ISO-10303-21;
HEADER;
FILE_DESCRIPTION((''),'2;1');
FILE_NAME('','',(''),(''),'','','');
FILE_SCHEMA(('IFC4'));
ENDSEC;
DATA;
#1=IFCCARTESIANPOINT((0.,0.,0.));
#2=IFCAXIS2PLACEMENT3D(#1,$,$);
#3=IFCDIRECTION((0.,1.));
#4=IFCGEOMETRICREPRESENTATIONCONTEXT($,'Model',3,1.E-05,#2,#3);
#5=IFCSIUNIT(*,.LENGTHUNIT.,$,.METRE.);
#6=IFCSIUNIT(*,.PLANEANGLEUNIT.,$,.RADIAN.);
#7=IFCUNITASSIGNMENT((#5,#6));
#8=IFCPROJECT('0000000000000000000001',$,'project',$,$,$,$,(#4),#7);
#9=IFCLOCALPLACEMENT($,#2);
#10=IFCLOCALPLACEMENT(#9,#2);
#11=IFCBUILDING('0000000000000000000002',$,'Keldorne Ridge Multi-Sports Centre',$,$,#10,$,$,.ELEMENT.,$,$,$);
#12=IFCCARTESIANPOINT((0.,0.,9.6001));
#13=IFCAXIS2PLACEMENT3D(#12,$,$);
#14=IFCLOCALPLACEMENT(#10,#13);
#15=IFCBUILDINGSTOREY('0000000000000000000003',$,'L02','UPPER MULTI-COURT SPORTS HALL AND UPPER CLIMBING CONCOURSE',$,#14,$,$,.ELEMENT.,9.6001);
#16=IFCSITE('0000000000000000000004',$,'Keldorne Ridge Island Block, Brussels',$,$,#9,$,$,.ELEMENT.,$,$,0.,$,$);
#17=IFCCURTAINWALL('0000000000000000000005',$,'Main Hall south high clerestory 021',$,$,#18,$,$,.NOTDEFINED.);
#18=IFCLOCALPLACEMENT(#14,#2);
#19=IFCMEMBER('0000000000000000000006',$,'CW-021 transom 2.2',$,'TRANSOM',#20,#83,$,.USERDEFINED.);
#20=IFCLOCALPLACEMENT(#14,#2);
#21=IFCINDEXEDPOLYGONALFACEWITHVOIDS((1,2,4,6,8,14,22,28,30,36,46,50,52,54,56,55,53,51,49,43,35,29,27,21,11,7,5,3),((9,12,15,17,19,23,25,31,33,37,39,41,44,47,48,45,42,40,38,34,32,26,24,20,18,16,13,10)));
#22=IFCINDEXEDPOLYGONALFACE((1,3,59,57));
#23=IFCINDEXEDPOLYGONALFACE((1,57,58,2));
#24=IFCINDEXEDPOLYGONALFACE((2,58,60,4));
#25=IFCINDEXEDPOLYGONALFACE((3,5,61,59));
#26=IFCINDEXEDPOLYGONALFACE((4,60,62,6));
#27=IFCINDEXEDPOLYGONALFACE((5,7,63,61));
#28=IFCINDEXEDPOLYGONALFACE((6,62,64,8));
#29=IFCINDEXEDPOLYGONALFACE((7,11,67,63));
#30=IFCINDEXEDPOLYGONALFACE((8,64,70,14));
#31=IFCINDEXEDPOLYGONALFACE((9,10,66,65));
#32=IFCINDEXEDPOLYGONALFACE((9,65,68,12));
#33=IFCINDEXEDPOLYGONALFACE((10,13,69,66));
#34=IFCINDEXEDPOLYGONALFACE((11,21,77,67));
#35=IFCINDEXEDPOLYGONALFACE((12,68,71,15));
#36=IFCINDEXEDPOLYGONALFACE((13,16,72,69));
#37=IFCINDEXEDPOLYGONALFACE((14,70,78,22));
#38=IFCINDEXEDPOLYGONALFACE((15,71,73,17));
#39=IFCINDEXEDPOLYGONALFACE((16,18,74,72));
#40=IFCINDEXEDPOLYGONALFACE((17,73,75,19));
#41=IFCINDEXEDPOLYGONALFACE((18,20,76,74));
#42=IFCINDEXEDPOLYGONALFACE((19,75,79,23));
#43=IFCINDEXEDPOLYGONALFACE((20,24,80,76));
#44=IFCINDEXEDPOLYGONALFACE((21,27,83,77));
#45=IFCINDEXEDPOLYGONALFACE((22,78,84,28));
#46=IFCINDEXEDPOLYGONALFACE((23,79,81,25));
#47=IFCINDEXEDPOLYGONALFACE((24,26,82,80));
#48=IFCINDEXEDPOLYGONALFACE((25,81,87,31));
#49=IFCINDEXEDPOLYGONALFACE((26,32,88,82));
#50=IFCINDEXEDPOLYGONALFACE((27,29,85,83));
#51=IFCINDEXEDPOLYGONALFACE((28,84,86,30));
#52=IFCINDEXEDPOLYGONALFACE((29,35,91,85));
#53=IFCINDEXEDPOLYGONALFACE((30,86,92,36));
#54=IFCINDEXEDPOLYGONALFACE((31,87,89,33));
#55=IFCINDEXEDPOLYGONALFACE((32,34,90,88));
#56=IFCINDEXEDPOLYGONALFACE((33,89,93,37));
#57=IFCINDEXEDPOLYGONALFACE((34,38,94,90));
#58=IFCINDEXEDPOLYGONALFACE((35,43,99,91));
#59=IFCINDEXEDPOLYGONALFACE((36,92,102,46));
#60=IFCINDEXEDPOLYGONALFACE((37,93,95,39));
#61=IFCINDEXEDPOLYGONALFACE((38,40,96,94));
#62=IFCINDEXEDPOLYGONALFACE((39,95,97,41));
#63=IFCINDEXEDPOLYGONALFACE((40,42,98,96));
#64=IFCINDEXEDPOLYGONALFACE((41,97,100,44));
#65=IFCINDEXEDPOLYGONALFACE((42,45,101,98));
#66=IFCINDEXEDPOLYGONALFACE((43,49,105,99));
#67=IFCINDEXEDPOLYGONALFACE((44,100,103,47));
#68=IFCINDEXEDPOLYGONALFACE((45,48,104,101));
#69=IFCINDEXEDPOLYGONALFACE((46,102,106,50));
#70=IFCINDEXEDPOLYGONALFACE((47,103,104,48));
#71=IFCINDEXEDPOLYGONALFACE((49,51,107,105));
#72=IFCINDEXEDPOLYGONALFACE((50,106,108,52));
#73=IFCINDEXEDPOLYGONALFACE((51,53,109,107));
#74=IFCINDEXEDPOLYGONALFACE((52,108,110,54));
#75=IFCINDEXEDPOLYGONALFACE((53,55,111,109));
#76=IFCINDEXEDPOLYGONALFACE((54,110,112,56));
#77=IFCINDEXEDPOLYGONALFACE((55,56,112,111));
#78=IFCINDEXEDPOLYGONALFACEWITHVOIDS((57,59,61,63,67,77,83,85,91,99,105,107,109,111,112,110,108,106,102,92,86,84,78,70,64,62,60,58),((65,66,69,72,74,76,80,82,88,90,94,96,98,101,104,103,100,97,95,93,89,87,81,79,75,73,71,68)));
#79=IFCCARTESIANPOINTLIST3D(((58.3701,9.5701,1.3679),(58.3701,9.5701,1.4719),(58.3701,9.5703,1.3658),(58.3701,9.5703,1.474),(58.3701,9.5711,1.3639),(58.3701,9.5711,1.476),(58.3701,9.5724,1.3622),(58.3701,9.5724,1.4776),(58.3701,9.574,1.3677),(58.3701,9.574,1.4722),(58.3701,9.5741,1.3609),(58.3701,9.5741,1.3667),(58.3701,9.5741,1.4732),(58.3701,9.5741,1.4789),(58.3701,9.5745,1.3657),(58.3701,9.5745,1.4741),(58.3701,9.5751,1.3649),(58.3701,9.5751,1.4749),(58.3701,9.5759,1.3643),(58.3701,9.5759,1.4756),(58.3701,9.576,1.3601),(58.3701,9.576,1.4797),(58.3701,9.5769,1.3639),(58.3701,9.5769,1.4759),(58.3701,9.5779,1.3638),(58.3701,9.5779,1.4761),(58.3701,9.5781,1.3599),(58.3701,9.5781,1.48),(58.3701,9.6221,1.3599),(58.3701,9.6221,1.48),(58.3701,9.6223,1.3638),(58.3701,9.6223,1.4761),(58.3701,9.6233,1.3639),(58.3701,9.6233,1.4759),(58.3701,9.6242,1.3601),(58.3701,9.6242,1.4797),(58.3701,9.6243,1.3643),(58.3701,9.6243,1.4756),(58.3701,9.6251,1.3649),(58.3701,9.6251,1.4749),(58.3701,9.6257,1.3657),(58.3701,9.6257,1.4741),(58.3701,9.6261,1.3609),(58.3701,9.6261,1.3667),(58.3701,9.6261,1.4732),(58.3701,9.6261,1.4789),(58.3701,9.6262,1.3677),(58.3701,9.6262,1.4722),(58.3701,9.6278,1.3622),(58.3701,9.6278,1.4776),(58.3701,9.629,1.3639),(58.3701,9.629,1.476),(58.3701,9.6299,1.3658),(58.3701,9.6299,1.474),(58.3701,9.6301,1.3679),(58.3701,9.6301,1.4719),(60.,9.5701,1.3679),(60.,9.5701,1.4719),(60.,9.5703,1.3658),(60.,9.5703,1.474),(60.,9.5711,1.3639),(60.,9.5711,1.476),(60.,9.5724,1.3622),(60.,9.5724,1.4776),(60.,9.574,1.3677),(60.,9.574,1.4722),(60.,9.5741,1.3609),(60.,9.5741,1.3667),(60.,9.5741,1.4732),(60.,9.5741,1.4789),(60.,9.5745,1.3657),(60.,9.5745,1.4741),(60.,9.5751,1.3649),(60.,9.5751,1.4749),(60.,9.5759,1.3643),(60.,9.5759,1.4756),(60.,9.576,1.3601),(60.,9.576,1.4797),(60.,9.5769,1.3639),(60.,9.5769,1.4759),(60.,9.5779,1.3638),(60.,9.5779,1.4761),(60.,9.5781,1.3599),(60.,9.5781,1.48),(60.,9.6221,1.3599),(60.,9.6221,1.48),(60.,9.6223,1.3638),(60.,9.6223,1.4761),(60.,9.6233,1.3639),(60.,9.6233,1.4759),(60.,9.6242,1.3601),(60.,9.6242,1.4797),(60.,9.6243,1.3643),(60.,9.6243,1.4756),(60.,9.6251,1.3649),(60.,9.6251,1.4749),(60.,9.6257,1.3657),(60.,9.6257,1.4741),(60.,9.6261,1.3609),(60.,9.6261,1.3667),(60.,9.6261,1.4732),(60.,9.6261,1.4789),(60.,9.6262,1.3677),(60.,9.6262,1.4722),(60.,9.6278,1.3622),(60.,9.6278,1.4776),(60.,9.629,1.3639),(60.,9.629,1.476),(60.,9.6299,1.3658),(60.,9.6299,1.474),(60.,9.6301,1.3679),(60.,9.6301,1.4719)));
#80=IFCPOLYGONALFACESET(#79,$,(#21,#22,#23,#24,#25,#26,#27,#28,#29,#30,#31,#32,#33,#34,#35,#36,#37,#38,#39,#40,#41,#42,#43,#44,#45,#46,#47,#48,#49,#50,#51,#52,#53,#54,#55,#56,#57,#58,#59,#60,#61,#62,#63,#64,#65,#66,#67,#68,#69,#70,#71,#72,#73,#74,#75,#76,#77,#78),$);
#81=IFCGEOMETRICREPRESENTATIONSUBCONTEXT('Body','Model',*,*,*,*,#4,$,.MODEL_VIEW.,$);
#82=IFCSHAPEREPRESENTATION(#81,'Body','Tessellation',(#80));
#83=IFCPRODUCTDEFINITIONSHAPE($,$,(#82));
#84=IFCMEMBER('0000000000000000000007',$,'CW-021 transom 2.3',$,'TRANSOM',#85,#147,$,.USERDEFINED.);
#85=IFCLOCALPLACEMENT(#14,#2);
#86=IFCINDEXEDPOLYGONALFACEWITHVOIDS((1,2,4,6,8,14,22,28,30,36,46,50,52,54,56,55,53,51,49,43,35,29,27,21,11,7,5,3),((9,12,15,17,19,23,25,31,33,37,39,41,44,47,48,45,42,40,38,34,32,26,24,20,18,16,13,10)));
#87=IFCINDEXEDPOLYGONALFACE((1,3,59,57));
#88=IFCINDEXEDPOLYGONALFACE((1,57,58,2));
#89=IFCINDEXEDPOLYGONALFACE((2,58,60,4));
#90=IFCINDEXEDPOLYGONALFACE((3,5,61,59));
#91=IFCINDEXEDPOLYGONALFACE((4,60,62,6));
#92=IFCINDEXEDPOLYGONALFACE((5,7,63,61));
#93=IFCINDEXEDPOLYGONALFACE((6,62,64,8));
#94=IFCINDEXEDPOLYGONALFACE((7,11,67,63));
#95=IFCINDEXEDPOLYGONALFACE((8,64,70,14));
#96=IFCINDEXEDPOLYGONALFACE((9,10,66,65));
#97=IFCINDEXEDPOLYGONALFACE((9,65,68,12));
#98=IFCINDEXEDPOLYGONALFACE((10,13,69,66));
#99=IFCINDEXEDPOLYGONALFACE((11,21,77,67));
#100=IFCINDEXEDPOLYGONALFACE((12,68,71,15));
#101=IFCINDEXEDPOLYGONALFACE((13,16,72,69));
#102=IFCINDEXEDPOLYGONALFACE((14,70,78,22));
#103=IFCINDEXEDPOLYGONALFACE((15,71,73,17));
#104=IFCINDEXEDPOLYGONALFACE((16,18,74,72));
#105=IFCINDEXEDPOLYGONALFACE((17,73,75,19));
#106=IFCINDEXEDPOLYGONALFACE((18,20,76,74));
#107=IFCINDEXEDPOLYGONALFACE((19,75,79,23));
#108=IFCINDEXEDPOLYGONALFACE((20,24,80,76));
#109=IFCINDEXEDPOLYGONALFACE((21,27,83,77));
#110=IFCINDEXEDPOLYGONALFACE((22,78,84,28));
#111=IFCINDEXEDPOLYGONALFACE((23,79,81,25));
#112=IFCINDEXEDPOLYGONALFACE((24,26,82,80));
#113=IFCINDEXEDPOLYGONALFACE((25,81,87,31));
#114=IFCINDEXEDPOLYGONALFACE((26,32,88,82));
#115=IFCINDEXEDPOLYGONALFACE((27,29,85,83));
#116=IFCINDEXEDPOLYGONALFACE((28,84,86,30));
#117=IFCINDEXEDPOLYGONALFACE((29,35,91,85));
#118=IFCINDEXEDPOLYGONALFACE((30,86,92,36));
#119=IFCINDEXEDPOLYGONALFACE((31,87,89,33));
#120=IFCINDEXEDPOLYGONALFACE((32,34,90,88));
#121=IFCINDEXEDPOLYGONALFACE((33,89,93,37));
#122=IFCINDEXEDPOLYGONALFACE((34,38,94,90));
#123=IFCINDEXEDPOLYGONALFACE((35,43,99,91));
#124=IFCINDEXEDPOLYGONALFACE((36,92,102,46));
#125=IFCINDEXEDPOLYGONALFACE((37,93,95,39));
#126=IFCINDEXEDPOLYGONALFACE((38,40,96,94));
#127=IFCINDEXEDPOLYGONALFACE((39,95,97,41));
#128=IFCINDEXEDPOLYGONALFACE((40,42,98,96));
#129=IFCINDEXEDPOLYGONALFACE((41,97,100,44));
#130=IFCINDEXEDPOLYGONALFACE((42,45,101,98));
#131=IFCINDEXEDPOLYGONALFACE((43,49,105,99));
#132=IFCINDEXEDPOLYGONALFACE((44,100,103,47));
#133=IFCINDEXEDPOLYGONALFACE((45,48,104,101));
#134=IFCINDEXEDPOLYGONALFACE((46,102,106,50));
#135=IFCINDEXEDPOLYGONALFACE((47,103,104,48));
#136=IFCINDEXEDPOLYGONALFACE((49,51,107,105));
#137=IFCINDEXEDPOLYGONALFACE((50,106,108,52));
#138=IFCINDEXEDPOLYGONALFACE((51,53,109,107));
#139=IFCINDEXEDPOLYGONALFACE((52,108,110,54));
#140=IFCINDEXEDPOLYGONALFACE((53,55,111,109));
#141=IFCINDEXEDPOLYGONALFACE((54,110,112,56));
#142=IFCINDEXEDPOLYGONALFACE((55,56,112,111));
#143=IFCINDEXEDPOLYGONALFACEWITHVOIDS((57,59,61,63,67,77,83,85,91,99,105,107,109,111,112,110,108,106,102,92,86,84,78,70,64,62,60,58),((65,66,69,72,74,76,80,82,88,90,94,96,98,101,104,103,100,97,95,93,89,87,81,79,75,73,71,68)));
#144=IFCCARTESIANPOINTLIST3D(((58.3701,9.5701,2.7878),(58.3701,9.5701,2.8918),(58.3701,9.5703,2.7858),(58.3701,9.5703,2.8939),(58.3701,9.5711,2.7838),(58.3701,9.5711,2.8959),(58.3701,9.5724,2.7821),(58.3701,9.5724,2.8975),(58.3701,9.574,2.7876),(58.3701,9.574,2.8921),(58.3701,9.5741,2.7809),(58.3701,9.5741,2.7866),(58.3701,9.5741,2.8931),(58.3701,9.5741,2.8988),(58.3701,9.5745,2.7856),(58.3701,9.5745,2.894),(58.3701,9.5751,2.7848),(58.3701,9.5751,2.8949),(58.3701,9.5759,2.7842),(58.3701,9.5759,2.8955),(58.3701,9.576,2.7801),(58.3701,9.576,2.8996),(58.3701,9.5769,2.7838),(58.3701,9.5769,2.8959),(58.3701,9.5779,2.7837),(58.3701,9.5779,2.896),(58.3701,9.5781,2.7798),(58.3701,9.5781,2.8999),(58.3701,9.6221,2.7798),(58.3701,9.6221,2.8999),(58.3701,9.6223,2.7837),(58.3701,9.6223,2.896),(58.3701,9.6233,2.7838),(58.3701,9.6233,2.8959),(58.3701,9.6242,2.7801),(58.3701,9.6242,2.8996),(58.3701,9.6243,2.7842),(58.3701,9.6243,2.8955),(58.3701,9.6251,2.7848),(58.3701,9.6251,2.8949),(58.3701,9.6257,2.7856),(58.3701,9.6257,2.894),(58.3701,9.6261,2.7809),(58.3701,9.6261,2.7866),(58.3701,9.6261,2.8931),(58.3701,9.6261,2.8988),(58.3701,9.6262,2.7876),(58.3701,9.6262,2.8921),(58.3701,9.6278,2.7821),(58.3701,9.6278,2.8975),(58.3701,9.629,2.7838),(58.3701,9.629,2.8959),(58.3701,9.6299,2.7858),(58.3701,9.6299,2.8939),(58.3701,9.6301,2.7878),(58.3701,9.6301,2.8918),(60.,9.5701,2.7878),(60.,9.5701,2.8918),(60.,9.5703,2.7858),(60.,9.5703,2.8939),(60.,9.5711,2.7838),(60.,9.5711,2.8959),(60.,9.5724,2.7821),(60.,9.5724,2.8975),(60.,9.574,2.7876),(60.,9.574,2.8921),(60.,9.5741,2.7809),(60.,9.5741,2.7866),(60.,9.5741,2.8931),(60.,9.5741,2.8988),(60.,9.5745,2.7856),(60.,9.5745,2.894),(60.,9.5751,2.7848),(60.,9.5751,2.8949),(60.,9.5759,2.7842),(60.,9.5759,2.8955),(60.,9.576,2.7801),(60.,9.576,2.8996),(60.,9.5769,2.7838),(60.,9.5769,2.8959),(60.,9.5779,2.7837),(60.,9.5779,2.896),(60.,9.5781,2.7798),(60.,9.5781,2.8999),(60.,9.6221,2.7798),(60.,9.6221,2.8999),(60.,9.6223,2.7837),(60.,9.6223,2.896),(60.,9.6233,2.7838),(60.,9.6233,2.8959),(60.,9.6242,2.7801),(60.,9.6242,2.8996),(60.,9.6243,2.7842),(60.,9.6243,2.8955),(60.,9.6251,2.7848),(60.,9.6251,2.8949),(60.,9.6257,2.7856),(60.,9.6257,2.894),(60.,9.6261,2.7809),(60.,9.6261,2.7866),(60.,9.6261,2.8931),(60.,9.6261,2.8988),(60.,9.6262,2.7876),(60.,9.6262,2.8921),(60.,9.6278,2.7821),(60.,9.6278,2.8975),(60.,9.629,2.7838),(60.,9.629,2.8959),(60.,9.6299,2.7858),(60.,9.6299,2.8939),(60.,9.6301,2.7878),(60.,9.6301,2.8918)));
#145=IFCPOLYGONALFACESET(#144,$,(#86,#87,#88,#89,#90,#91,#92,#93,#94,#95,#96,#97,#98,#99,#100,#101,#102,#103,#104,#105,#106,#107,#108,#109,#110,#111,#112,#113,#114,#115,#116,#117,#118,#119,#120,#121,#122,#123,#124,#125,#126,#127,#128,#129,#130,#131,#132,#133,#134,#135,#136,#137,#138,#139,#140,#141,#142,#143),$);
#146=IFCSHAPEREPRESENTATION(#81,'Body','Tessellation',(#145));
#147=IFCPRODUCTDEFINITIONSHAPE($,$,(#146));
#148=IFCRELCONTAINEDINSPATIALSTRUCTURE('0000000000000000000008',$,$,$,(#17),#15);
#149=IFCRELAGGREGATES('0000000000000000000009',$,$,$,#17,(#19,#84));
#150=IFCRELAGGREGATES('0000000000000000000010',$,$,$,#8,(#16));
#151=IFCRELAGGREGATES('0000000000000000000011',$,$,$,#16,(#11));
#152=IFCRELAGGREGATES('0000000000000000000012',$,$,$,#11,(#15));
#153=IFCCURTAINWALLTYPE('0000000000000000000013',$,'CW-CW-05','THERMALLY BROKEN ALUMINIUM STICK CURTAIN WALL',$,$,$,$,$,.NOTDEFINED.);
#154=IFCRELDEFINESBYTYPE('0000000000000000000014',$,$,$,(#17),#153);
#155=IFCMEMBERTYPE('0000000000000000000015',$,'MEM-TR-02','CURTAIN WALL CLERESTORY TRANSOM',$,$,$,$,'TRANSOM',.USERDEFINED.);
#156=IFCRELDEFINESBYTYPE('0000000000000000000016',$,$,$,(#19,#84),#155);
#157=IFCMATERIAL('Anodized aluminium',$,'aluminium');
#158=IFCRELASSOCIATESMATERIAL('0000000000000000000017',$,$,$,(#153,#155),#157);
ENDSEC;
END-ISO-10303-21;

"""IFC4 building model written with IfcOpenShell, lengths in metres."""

from ifc_helpers import new_model, si_unit, direction, frame, origin, origin_2d, place, context, subcontext, project, spatial, hollow_rectangle, extrude, material, material_profile, profile_set, type_object, element, aggregate, save


model = new_model("IFC4")

# Units and contexts
model_context = context("Model", 3, precision=1e-05, world=origin(), true_north=direction((0.0, 1.0)))
body_context = subcontext(model_context, "Body", "Model", "MODEL_VIEW")
ifc_project = project(units=[si_unit("LENGTHUNIT", "METRE"), si_unit("PLANEANGLEUNIT", "RADIAN")], contexts=[model_context])

# Site, building, storey
site_placement = place(None, origin())
site = spatial("IfcSite", under=ifc_project, at=site_placement, Name="Keldorne Ridge Island Block, Brussels", CompositionType="ELEMENT", RefElevation=0.0)
building_placement = place(site_placement, origin())
building = spatial("IfcBuilding", under=site, at=building_placement, Name="Keldorne Ridge Multi-Sports Centre", CompositionType="ELEMENT")
storey_placement = place(building_placement, frame((0.0, 0.0, 9.6001)))
storey = spatial("IfcBuildingStorey", under=building, at=storey_placement, Name="L02", Description="UPPER MULTI-COURT SPORTS HALL AND UPPER CLIMBING CONCOURSE", CompositionType="ELEMENT", Elevation=9.6001)

# Curtain wall, members
ifc_material_1 = material(Name="Anodized aluminium", Category="aluminium")
curtain_wall_type = type_object("IfcCurtainWallType", Name="CW-CW-05", Description="THERMALLY BROKEN ALUMINIUM STICK CURTAIN WALL", PredefinedType="NOTDEFINED", material=ifc_material_1)
curtain_wall_placement = place(storey_placement, origin())
curtain_wall = element("IfcCurtainWall", 1, at=curtain_wall_placement, inside=storey, type_object=curtain_wall_type, Name="Main Hall south high clerestory 021", PredefinedType="NOTDEFINED")
ifc_material_profile_1 = material_profile(ifc_material_1, hollow_rectangle(XDim=0.0601, YDim=0.1201, WallThickness=0.0039, InnerFilletRadius=0.0039, OuterFilletRadius=0.0081, at=origin_2d()), Name="ALU TRANSOM 120x60x4")
ifc_profile_set_1 = profile_set([ifc_material_profile_1], Name="Anodized aluminium")
member_type_1 = type_object("IfcMemberType", Name="MEM-TR-02", Description="CURTAIN WALL CLERESTORY TRANSOM", ElementType="TRANSOM", PredefinedType="USERDEFINED", material=ifc_profile_set_1)
member_1_placement = place(storey_placement, frame((58.3701, 9.6001, 1.4199), z_axis=(1.0, 0.0, 0.0), x_axis=(0.0, 1.0, 0.0)))
member_1 = element("IfcMember", 2, at=member_1_placement, type_object=member_type_1, Name="CW-021 transom 2.2", ObjectType="TRANSOM", PredefinedType="USERDEFINED", context=body_context, shape_type="SweptSolid", body=[
    extrude(hollow_rectangle(XDim=0.0601, YDim=0.1201, WallThickness=0.0039, InnerFilletRadius=0.0039, OuterFilletRadius=0.0081, at=origin_2d()), origin(), (0.0, 0.0, 1.0), 1.6299),
])
member_2_placement = place(storey_placement, frame((58.3701, 9.6001, 2.8398), z_axis=(1.0, 0.0, 0.0), x_axis=(0.0, 1.0, 0.0)))
member_2 = element("IfcMember", 3, at=member_2_placement, type_object=member_type_1, Name="CW-021 transom 2.3", ObjectType="TRANSOM", PredefinedType="USERDEFINED", context=body_context, shape_type="SweptSolid", body=[
    extrude(hollow_rectangle(XDim=0.0601, YDim=0.1201, WallThickness=0.0039, InnerFilletRadius=0.0039, OuterFilletRadius=0.0081, at=origin_2d()), origin(), (0.0, 0.0, 1.0), 1.6299),
])
aggregate(curtain_wall, [member_1, member_2])

save(model, "model.ifc")
